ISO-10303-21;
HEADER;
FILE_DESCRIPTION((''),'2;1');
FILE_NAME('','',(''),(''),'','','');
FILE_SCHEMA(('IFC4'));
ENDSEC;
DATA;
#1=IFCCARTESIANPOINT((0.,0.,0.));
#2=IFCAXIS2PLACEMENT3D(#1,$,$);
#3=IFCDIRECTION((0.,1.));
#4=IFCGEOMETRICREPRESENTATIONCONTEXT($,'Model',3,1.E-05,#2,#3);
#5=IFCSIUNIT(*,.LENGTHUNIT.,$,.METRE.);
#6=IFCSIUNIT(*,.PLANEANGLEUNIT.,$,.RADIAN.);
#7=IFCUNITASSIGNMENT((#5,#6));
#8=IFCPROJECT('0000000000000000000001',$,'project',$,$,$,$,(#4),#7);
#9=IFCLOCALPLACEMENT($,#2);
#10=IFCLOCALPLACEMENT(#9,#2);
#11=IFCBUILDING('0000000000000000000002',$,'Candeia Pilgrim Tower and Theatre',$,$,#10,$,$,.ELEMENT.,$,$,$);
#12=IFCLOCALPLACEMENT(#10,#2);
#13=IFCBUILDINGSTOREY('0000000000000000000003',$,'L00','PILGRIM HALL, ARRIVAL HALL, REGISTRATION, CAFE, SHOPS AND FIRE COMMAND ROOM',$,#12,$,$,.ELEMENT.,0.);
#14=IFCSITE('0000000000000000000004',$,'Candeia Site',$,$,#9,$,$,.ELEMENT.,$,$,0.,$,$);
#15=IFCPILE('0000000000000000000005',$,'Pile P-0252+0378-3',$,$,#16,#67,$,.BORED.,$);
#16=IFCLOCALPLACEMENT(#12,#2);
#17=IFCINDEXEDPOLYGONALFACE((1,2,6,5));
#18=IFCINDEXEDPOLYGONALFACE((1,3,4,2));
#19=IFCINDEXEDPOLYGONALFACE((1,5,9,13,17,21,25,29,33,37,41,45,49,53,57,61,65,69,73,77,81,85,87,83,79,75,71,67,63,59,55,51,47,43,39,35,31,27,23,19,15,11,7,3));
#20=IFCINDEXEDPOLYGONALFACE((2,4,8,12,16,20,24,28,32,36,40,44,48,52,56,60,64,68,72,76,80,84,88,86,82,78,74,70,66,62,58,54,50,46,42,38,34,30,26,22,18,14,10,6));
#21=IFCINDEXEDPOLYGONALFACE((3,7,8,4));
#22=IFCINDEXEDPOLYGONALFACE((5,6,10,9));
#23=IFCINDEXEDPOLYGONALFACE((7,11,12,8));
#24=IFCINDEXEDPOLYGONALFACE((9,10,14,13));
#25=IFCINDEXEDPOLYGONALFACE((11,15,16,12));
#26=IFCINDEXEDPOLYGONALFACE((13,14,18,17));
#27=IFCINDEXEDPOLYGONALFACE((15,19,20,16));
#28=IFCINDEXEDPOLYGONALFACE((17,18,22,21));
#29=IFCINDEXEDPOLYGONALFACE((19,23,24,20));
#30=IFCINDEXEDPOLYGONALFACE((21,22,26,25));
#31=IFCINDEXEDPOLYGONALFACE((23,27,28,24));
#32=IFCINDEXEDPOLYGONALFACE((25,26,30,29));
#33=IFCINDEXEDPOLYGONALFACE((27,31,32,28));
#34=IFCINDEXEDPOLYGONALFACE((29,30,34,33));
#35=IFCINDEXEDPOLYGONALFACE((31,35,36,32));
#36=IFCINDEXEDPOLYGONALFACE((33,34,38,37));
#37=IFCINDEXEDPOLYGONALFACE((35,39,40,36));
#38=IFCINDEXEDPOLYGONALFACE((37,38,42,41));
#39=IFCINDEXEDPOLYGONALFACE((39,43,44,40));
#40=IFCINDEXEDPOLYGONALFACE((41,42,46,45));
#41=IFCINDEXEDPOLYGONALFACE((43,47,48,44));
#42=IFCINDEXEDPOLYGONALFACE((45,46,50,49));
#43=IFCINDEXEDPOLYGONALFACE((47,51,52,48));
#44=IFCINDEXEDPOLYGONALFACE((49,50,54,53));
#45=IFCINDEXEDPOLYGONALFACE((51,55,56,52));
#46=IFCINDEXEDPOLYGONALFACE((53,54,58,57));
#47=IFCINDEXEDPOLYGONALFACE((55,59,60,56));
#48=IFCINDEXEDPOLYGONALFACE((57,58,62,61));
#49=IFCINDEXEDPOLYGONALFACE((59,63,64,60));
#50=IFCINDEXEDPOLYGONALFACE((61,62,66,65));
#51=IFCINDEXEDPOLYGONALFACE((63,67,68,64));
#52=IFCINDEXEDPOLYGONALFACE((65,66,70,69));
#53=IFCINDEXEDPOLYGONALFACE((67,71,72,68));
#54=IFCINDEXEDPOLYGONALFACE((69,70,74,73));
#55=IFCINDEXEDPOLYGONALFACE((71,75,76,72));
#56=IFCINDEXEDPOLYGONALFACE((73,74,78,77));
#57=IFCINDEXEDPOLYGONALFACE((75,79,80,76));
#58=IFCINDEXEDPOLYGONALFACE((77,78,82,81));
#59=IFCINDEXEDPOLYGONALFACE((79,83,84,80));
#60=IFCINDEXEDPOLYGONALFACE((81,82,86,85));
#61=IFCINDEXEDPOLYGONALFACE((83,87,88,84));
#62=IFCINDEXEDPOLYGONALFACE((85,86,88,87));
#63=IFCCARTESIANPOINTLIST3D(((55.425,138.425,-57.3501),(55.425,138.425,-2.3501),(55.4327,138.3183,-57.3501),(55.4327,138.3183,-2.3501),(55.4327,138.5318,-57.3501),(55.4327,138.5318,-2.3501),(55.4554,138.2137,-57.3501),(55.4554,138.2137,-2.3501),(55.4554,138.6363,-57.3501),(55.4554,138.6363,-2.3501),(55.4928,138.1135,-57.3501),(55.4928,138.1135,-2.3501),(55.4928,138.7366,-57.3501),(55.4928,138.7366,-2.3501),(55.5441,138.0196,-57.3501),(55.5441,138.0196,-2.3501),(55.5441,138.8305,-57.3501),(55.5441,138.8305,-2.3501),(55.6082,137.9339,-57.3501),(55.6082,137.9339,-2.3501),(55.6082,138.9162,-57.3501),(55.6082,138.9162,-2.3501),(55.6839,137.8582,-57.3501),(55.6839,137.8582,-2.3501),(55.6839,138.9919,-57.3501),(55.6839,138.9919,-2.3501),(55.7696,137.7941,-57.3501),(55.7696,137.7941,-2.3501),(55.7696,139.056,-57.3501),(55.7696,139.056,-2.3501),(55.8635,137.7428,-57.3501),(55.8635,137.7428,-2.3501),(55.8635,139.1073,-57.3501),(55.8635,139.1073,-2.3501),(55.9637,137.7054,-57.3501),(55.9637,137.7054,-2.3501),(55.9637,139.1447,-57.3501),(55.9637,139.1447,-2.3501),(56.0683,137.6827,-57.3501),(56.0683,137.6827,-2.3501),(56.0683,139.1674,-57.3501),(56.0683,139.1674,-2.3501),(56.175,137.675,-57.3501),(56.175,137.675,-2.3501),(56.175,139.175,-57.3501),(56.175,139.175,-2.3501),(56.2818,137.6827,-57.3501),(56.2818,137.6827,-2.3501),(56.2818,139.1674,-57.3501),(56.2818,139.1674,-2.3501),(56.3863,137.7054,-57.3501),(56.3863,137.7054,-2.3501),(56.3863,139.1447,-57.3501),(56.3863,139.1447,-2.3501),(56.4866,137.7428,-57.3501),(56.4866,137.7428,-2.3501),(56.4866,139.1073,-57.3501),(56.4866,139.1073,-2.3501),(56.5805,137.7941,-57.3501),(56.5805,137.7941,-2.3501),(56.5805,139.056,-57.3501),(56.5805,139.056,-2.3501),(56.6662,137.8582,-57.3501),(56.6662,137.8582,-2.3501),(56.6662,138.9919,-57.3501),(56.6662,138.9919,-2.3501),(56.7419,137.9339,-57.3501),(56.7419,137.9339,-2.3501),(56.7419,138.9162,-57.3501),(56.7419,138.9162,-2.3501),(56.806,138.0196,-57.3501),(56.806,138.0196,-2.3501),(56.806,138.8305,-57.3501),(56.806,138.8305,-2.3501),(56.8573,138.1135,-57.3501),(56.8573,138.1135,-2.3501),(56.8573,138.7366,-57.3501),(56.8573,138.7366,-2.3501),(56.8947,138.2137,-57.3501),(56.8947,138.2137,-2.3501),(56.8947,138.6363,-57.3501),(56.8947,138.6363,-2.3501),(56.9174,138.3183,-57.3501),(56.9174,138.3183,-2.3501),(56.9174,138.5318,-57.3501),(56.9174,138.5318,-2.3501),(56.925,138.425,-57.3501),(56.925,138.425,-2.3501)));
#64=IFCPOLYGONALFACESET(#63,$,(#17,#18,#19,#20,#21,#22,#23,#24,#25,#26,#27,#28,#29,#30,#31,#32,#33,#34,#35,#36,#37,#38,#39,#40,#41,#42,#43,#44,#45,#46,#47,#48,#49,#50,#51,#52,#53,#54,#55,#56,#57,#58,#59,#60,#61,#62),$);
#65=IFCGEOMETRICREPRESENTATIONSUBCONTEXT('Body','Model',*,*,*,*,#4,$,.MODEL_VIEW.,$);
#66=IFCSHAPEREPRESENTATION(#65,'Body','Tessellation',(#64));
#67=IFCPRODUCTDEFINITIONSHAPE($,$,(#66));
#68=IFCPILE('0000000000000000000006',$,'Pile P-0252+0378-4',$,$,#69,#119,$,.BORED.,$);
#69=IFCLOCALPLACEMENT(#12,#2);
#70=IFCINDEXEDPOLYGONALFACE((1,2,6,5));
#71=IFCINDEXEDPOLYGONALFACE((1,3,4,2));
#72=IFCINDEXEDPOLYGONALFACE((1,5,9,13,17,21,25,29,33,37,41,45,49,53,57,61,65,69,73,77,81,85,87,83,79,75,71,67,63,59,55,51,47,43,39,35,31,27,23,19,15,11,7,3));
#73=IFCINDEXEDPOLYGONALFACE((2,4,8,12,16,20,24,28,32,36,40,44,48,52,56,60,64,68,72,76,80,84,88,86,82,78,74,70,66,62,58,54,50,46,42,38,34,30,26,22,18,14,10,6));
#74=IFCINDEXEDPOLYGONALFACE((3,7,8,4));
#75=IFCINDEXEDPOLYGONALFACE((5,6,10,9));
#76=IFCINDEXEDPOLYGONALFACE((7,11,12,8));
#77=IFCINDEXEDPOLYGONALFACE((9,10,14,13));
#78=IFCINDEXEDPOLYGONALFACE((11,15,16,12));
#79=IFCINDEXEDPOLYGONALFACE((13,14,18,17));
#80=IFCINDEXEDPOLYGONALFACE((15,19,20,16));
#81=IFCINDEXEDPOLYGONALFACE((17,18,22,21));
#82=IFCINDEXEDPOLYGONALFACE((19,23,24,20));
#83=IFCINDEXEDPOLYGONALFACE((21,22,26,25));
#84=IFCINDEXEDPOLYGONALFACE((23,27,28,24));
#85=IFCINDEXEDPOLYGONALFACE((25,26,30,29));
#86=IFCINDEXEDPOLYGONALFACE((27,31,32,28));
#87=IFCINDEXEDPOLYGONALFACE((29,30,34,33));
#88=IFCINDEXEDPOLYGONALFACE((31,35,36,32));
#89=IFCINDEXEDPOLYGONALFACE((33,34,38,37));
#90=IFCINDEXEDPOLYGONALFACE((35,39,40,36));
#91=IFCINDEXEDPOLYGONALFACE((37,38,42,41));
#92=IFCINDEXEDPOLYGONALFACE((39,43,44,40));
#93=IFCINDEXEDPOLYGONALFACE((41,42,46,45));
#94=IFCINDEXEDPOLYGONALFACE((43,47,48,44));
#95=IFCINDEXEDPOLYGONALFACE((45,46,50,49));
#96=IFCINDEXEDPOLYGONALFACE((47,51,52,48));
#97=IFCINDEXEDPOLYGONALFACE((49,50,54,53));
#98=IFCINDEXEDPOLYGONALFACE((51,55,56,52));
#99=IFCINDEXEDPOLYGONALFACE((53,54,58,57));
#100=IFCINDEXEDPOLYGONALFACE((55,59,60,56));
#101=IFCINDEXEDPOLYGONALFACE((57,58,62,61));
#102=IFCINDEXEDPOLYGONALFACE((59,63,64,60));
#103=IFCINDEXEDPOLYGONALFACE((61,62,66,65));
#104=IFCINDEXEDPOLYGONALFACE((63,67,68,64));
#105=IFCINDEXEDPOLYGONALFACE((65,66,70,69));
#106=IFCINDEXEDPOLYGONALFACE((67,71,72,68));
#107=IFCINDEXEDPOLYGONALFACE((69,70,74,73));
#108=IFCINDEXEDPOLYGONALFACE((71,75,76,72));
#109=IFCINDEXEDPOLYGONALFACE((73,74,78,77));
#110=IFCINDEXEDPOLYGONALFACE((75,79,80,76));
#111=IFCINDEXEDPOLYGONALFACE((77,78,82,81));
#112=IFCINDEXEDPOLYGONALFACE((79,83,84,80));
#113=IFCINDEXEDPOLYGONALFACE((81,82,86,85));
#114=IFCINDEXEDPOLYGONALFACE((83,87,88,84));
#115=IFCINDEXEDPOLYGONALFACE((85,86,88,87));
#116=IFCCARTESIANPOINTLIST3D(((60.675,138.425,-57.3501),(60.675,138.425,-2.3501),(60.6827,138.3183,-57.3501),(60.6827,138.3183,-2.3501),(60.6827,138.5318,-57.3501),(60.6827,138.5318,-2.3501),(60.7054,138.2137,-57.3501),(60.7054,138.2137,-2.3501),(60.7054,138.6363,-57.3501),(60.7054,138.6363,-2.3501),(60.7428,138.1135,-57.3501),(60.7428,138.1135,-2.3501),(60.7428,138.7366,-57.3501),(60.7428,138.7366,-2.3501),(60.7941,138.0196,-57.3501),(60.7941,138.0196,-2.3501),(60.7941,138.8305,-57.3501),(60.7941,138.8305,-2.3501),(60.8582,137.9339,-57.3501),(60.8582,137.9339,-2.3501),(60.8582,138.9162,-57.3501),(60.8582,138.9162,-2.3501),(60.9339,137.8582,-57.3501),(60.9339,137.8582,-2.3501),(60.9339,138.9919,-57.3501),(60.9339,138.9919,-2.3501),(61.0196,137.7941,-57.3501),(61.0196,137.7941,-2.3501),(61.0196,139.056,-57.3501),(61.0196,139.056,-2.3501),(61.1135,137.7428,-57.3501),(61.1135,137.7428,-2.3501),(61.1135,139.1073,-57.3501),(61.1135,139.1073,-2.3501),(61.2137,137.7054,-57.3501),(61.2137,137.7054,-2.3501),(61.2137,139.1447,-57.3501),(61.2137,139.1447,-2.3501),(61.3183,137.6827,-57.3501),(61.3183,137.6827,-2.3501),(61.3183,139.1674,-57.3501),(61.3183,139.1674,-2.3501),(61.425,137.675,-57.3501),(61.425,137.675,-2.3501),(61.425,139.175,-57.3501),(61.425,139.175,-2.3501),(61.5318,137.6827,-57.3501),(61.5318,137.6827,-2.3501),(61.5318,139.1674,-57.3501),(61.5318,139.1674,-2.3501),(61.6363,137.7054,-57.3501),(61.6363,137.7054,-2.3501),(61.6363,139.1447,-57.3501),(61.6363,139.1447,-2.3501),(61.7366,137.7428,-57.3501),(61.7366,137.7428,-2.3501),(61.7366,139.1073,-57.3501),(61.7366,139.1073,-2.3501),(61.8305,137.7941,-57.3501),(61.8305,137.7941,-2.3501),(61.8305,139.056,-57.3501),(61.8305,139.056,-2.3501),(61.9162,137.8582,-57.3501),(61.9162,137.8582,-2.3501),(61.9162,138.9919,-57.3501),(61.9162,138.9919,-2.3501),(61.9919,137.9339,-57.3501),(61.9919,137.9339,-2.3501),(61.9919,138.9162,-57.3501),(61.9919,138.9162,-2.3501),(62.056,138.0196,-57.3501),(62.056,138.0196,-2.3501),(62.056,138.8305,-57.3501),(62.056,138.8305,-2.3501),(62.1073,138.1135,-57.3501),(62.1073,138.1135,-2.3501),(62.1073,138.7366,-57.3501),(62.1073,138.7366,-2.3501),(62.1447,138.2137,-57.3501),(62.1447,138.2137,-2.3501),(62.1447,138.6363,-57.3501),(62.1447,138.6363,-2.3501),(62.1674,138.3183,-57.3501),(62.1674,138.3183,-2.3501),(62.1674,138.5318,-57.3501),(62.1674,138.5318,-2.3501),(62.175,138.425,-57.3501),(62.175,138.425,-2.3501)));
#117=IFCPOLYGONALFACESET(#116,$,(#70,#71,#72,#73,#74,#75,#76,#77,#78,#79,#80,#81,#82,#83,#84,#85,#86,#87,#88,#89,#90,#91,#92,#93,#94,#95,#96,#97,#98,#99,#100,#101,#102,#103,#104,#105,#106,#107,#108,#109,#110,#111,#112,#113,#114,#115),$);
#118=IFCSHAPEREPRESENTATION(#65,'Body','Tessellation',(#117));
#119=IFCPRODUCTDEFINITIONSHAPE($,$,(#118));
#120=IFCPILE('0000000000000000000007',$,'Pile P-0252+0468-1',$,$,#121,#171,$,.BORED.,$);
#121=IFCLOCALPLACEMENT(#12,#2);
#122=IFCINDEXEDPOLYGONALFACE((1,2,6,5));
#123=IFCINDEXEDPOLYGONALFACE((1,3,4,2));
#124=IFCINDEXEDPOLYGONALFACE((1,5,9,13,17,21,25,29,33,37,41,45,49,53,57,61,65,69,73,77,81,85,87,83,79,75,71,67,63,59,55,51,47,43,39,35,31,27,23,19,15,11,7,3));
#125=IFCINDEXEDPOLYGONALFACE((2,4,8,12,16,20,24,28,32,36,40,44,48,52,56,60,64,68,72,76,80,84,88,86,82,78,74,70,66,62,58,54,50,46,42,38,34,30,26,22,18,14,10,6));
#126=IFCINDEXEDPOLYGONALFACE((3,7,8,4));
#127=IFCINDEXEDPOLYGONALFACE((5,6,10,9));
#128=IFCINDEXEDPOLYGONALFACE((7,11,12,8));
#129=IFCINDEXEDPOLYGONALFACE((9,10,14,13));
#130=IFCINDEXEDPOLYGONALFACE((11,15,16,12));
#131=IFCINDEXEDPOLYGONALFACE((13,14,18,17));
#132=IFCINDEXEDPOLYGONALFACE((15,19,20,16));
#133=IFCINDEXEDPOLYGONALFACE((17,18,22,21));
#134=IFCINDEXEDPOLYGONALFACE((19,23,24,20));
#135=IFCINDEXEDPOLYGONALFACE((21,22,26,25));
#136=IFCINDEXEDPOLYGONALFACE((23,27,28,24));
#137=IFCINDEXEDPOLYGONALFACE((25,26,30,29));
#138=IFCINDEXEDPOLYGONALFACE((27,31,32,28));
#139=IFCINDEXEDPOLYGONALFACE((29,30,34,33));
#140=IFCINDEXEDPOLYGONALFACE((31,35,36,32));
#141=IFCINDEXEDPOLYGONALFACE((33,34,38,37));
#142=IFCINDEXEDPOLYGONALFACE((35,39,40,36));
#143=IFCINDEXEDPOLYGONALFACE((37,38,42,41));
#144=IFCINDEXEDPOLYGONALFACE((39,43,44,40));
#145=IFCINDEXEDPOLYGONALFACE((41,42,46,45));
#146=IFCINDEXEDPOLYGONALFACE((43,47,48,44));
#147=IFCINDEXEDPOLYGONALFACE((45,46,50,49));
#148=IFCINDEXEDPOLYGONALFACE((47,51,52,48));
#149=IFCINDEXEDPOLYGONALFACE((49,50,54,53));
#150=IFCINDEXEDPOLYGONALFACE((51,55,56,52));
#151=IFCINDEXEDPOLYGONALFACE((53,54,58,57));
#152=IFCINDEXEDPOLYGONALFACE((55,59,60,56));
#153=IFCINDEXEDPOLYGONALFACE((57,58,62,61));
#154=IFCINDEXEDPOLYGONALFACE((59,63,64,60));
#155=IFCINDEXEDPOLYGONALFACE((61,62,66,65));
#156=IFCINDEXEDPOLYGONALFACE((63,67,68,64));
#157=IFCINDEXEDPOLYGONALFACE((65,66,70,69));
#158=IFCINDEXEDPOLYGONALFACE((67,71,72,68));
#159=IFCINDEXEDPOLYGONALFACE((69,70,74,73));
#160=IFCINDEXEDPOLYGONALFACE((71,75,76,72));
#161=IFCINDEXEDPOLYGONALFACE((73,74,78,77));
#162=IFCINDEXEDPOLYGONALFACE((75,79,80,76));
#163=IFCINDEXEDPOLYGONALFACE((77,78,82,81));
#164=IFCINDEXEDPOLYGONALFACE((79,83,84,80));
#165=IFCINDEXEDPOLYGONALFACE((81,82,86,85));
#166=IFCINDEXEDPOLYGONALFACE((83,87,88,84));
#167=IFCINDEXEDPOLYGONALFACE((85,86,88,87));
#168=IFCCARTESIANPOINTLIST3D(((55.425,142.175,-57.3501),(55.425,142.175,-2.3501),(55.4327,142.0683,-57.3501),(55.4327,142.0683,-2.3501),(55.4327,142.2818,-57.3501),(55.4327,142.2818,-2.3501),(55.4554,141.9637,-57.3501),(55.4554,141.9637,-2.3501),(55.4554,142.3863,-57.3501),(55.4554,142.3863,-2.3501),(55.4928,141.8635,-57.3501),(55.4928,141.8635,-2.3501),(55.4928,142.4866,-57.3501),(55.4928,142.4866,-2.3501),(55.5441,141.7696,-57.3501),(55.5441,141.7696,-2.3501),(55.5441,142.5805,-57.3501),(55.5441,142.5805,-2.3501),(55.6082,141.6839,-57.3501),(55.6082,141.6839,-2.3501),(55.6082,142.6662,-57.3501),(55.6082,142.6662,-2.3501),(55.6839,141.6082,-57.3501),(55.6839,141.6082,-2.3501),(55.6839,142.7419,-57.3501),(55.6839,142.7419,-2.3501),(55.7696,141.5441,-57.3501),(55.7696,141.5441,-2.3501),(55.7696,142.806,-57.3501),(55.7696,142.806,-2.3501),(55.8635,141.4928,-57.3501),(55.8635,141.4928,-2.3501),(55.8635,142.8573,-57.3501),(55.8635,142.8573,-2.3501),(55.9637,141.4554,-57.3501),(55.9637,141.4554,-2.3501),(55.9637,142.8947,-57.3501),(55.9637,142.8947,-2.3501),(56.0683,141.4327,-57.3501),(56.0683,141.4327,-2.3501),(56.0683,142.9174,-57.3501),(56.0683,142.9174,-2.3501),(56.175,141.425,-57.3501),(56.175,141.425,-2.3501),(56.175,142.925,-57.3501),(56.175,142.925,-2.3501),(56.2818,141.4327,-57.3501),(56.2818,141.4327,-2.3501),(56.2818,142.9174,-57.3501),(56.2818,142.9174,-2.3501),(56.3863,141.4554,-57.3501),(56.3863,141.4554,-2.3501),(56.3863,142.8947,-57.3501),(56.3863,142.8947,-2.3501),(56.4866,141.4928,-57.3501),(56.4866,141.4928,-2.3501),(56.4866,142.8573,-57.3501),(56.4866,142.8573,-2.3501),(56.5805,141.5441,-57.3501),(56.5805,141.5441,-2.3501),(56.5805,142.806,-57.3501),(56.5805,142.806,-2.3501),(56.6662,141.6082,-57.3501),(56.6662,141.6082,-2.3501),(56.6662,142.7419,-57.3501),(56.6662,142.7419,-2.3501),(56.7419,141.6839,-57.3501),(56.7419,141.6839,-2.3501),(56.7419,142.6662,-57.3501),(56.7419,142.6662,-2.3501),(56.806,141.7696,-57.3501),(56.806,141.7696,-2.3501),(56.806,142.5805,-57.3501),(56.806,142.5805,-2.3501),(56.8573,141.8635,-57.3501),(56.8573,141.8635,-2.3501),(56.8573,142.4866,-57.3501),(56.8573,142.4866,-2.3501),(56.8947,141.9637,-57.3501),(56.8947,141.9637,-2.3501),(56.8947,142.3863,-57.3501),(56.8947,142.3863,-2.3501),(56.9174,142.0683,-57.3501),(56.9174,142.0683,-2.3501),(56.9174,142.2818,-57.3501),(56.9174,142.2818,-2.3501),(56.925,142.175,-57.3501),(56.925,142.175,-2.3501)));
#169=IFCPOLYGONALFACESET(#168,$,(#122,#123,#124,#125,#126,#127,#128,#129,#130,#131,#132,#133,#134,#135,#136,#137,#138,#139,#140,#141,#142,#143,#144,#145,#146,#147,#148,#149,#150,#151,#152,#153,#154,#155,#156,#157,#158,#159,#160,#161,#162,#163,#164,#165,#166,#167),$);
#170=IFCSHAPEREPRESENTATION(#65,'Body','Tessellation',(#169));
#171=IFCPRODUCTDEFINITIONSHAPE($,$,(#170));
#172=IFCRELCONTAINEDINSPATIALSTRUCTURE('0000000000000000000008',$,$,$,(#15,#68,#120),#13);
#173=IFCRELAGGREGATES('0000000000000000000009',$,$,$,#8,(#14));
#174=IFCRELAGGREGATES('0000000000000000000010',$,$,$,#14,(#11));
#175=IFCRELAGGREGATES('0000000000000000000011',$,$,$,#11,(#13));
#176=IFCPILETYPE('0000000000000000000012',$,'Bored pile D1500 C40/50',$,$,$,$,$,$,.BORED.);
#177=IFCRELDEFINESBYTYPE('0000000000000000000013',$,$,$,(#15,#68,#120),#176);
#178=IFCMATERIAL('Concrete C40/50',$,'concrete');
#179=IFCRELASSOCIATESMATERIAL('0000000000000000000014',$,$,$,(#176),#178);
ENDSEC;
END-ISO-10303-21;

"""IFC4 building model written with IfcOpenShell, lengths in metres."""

from ifc_helpers import new_model, si_unit, direction, frame, origin, origin_2d, place, context, subcontext, project, spatial, circle, extrude, material, material_profile, profile_set, type_object, element, save


model = new_model("IFC4")

# Units and contexts
model_context = context("Model", 3, precision=1e-05, world=origin(), true_north=direction((0.0, 1.0)))
body_context = subcontext(model_context, "Body", "Model", "MODEL_VIEW")
ifc_project = project(units=[si_unit("LENGTHUNIT", "METRE"), si_unit("PLANEANGLEUNIT", "RADIAN")], contexts=[model_context])

# Site, building, storey
site_placement = place(None, origin())
site = spatial("IfcSite", under=ifc_project, at=site_placement, Name="Candeia Site", CompositionType="ELEMENT", RefElevation=0.0)
building_placement = place(site_placement, origin())
building = spatial("IfcBuilding", under=site, at=building_placement, Name="Candeia Pilgrim Tower and Theatre", CompositionType="ELEMENT")
storey_placement = place(building_placement, origin())
storey = spatial("IfcBuildingStorey", under=building, at=storey_placement, Name="L00", Description="PILGRIM HALL, ARRIVAL HALL, REGISTRATION, CAFE, SHOPS AND FIRE COMMAND ROOM", CompositionType="ELEMENT", Elevation=0.0)

# Piles
ifc_material_1 = material(Name="Concrete C40/50", Category="concrete")
ifc_material_profile_1 = material_profile(ifc_material_1, circle(Radius=0.75, at=origin_2d()))
ifc_profile_set_1 = profile_set([ifc_material_profile_1], Name="Concrete C40/50")
pile_type = type_object("IfcPileType", Name="Bored pile D1500 C40/50", PredefinedType="BORED", material=ifc_profile_set_1)
for number, where, z_axis, x_axis, name in (
    (1, (56.175, 138.425, -2.3501), (0.0, 0.0, -1.0), (1.0, 0.0, 0.0), "Pile P-0252+0378-3"),
    (2, (61.425, 138.425, -2.3501), (0.0, 0.0, -1.0), (1.0, 0.0, 0.0), "Pile P-0252+0378-4"),
    (3, (56.175, 142.175, -2.3501), (0.0, 0.0, -1.0), (1.0, 0.0, 0.0), "Pile P-0252+0468-1"),
):
    element("IfcPile", number, at=place(storey_placement, frame(where, z_axis=z_axis, x_axis=x_axis)), inside=storey, type_object=pile_type, Name=name, PredefinedType="BORED", context=body_context, shape_type="SweptSolid", body=[
        extrude(circle(Radius=0.75, at=origin_2d()), origin(), (0.0, 0.0, 1.0), 55.0),
    ])

save(model, "model.ifc")
